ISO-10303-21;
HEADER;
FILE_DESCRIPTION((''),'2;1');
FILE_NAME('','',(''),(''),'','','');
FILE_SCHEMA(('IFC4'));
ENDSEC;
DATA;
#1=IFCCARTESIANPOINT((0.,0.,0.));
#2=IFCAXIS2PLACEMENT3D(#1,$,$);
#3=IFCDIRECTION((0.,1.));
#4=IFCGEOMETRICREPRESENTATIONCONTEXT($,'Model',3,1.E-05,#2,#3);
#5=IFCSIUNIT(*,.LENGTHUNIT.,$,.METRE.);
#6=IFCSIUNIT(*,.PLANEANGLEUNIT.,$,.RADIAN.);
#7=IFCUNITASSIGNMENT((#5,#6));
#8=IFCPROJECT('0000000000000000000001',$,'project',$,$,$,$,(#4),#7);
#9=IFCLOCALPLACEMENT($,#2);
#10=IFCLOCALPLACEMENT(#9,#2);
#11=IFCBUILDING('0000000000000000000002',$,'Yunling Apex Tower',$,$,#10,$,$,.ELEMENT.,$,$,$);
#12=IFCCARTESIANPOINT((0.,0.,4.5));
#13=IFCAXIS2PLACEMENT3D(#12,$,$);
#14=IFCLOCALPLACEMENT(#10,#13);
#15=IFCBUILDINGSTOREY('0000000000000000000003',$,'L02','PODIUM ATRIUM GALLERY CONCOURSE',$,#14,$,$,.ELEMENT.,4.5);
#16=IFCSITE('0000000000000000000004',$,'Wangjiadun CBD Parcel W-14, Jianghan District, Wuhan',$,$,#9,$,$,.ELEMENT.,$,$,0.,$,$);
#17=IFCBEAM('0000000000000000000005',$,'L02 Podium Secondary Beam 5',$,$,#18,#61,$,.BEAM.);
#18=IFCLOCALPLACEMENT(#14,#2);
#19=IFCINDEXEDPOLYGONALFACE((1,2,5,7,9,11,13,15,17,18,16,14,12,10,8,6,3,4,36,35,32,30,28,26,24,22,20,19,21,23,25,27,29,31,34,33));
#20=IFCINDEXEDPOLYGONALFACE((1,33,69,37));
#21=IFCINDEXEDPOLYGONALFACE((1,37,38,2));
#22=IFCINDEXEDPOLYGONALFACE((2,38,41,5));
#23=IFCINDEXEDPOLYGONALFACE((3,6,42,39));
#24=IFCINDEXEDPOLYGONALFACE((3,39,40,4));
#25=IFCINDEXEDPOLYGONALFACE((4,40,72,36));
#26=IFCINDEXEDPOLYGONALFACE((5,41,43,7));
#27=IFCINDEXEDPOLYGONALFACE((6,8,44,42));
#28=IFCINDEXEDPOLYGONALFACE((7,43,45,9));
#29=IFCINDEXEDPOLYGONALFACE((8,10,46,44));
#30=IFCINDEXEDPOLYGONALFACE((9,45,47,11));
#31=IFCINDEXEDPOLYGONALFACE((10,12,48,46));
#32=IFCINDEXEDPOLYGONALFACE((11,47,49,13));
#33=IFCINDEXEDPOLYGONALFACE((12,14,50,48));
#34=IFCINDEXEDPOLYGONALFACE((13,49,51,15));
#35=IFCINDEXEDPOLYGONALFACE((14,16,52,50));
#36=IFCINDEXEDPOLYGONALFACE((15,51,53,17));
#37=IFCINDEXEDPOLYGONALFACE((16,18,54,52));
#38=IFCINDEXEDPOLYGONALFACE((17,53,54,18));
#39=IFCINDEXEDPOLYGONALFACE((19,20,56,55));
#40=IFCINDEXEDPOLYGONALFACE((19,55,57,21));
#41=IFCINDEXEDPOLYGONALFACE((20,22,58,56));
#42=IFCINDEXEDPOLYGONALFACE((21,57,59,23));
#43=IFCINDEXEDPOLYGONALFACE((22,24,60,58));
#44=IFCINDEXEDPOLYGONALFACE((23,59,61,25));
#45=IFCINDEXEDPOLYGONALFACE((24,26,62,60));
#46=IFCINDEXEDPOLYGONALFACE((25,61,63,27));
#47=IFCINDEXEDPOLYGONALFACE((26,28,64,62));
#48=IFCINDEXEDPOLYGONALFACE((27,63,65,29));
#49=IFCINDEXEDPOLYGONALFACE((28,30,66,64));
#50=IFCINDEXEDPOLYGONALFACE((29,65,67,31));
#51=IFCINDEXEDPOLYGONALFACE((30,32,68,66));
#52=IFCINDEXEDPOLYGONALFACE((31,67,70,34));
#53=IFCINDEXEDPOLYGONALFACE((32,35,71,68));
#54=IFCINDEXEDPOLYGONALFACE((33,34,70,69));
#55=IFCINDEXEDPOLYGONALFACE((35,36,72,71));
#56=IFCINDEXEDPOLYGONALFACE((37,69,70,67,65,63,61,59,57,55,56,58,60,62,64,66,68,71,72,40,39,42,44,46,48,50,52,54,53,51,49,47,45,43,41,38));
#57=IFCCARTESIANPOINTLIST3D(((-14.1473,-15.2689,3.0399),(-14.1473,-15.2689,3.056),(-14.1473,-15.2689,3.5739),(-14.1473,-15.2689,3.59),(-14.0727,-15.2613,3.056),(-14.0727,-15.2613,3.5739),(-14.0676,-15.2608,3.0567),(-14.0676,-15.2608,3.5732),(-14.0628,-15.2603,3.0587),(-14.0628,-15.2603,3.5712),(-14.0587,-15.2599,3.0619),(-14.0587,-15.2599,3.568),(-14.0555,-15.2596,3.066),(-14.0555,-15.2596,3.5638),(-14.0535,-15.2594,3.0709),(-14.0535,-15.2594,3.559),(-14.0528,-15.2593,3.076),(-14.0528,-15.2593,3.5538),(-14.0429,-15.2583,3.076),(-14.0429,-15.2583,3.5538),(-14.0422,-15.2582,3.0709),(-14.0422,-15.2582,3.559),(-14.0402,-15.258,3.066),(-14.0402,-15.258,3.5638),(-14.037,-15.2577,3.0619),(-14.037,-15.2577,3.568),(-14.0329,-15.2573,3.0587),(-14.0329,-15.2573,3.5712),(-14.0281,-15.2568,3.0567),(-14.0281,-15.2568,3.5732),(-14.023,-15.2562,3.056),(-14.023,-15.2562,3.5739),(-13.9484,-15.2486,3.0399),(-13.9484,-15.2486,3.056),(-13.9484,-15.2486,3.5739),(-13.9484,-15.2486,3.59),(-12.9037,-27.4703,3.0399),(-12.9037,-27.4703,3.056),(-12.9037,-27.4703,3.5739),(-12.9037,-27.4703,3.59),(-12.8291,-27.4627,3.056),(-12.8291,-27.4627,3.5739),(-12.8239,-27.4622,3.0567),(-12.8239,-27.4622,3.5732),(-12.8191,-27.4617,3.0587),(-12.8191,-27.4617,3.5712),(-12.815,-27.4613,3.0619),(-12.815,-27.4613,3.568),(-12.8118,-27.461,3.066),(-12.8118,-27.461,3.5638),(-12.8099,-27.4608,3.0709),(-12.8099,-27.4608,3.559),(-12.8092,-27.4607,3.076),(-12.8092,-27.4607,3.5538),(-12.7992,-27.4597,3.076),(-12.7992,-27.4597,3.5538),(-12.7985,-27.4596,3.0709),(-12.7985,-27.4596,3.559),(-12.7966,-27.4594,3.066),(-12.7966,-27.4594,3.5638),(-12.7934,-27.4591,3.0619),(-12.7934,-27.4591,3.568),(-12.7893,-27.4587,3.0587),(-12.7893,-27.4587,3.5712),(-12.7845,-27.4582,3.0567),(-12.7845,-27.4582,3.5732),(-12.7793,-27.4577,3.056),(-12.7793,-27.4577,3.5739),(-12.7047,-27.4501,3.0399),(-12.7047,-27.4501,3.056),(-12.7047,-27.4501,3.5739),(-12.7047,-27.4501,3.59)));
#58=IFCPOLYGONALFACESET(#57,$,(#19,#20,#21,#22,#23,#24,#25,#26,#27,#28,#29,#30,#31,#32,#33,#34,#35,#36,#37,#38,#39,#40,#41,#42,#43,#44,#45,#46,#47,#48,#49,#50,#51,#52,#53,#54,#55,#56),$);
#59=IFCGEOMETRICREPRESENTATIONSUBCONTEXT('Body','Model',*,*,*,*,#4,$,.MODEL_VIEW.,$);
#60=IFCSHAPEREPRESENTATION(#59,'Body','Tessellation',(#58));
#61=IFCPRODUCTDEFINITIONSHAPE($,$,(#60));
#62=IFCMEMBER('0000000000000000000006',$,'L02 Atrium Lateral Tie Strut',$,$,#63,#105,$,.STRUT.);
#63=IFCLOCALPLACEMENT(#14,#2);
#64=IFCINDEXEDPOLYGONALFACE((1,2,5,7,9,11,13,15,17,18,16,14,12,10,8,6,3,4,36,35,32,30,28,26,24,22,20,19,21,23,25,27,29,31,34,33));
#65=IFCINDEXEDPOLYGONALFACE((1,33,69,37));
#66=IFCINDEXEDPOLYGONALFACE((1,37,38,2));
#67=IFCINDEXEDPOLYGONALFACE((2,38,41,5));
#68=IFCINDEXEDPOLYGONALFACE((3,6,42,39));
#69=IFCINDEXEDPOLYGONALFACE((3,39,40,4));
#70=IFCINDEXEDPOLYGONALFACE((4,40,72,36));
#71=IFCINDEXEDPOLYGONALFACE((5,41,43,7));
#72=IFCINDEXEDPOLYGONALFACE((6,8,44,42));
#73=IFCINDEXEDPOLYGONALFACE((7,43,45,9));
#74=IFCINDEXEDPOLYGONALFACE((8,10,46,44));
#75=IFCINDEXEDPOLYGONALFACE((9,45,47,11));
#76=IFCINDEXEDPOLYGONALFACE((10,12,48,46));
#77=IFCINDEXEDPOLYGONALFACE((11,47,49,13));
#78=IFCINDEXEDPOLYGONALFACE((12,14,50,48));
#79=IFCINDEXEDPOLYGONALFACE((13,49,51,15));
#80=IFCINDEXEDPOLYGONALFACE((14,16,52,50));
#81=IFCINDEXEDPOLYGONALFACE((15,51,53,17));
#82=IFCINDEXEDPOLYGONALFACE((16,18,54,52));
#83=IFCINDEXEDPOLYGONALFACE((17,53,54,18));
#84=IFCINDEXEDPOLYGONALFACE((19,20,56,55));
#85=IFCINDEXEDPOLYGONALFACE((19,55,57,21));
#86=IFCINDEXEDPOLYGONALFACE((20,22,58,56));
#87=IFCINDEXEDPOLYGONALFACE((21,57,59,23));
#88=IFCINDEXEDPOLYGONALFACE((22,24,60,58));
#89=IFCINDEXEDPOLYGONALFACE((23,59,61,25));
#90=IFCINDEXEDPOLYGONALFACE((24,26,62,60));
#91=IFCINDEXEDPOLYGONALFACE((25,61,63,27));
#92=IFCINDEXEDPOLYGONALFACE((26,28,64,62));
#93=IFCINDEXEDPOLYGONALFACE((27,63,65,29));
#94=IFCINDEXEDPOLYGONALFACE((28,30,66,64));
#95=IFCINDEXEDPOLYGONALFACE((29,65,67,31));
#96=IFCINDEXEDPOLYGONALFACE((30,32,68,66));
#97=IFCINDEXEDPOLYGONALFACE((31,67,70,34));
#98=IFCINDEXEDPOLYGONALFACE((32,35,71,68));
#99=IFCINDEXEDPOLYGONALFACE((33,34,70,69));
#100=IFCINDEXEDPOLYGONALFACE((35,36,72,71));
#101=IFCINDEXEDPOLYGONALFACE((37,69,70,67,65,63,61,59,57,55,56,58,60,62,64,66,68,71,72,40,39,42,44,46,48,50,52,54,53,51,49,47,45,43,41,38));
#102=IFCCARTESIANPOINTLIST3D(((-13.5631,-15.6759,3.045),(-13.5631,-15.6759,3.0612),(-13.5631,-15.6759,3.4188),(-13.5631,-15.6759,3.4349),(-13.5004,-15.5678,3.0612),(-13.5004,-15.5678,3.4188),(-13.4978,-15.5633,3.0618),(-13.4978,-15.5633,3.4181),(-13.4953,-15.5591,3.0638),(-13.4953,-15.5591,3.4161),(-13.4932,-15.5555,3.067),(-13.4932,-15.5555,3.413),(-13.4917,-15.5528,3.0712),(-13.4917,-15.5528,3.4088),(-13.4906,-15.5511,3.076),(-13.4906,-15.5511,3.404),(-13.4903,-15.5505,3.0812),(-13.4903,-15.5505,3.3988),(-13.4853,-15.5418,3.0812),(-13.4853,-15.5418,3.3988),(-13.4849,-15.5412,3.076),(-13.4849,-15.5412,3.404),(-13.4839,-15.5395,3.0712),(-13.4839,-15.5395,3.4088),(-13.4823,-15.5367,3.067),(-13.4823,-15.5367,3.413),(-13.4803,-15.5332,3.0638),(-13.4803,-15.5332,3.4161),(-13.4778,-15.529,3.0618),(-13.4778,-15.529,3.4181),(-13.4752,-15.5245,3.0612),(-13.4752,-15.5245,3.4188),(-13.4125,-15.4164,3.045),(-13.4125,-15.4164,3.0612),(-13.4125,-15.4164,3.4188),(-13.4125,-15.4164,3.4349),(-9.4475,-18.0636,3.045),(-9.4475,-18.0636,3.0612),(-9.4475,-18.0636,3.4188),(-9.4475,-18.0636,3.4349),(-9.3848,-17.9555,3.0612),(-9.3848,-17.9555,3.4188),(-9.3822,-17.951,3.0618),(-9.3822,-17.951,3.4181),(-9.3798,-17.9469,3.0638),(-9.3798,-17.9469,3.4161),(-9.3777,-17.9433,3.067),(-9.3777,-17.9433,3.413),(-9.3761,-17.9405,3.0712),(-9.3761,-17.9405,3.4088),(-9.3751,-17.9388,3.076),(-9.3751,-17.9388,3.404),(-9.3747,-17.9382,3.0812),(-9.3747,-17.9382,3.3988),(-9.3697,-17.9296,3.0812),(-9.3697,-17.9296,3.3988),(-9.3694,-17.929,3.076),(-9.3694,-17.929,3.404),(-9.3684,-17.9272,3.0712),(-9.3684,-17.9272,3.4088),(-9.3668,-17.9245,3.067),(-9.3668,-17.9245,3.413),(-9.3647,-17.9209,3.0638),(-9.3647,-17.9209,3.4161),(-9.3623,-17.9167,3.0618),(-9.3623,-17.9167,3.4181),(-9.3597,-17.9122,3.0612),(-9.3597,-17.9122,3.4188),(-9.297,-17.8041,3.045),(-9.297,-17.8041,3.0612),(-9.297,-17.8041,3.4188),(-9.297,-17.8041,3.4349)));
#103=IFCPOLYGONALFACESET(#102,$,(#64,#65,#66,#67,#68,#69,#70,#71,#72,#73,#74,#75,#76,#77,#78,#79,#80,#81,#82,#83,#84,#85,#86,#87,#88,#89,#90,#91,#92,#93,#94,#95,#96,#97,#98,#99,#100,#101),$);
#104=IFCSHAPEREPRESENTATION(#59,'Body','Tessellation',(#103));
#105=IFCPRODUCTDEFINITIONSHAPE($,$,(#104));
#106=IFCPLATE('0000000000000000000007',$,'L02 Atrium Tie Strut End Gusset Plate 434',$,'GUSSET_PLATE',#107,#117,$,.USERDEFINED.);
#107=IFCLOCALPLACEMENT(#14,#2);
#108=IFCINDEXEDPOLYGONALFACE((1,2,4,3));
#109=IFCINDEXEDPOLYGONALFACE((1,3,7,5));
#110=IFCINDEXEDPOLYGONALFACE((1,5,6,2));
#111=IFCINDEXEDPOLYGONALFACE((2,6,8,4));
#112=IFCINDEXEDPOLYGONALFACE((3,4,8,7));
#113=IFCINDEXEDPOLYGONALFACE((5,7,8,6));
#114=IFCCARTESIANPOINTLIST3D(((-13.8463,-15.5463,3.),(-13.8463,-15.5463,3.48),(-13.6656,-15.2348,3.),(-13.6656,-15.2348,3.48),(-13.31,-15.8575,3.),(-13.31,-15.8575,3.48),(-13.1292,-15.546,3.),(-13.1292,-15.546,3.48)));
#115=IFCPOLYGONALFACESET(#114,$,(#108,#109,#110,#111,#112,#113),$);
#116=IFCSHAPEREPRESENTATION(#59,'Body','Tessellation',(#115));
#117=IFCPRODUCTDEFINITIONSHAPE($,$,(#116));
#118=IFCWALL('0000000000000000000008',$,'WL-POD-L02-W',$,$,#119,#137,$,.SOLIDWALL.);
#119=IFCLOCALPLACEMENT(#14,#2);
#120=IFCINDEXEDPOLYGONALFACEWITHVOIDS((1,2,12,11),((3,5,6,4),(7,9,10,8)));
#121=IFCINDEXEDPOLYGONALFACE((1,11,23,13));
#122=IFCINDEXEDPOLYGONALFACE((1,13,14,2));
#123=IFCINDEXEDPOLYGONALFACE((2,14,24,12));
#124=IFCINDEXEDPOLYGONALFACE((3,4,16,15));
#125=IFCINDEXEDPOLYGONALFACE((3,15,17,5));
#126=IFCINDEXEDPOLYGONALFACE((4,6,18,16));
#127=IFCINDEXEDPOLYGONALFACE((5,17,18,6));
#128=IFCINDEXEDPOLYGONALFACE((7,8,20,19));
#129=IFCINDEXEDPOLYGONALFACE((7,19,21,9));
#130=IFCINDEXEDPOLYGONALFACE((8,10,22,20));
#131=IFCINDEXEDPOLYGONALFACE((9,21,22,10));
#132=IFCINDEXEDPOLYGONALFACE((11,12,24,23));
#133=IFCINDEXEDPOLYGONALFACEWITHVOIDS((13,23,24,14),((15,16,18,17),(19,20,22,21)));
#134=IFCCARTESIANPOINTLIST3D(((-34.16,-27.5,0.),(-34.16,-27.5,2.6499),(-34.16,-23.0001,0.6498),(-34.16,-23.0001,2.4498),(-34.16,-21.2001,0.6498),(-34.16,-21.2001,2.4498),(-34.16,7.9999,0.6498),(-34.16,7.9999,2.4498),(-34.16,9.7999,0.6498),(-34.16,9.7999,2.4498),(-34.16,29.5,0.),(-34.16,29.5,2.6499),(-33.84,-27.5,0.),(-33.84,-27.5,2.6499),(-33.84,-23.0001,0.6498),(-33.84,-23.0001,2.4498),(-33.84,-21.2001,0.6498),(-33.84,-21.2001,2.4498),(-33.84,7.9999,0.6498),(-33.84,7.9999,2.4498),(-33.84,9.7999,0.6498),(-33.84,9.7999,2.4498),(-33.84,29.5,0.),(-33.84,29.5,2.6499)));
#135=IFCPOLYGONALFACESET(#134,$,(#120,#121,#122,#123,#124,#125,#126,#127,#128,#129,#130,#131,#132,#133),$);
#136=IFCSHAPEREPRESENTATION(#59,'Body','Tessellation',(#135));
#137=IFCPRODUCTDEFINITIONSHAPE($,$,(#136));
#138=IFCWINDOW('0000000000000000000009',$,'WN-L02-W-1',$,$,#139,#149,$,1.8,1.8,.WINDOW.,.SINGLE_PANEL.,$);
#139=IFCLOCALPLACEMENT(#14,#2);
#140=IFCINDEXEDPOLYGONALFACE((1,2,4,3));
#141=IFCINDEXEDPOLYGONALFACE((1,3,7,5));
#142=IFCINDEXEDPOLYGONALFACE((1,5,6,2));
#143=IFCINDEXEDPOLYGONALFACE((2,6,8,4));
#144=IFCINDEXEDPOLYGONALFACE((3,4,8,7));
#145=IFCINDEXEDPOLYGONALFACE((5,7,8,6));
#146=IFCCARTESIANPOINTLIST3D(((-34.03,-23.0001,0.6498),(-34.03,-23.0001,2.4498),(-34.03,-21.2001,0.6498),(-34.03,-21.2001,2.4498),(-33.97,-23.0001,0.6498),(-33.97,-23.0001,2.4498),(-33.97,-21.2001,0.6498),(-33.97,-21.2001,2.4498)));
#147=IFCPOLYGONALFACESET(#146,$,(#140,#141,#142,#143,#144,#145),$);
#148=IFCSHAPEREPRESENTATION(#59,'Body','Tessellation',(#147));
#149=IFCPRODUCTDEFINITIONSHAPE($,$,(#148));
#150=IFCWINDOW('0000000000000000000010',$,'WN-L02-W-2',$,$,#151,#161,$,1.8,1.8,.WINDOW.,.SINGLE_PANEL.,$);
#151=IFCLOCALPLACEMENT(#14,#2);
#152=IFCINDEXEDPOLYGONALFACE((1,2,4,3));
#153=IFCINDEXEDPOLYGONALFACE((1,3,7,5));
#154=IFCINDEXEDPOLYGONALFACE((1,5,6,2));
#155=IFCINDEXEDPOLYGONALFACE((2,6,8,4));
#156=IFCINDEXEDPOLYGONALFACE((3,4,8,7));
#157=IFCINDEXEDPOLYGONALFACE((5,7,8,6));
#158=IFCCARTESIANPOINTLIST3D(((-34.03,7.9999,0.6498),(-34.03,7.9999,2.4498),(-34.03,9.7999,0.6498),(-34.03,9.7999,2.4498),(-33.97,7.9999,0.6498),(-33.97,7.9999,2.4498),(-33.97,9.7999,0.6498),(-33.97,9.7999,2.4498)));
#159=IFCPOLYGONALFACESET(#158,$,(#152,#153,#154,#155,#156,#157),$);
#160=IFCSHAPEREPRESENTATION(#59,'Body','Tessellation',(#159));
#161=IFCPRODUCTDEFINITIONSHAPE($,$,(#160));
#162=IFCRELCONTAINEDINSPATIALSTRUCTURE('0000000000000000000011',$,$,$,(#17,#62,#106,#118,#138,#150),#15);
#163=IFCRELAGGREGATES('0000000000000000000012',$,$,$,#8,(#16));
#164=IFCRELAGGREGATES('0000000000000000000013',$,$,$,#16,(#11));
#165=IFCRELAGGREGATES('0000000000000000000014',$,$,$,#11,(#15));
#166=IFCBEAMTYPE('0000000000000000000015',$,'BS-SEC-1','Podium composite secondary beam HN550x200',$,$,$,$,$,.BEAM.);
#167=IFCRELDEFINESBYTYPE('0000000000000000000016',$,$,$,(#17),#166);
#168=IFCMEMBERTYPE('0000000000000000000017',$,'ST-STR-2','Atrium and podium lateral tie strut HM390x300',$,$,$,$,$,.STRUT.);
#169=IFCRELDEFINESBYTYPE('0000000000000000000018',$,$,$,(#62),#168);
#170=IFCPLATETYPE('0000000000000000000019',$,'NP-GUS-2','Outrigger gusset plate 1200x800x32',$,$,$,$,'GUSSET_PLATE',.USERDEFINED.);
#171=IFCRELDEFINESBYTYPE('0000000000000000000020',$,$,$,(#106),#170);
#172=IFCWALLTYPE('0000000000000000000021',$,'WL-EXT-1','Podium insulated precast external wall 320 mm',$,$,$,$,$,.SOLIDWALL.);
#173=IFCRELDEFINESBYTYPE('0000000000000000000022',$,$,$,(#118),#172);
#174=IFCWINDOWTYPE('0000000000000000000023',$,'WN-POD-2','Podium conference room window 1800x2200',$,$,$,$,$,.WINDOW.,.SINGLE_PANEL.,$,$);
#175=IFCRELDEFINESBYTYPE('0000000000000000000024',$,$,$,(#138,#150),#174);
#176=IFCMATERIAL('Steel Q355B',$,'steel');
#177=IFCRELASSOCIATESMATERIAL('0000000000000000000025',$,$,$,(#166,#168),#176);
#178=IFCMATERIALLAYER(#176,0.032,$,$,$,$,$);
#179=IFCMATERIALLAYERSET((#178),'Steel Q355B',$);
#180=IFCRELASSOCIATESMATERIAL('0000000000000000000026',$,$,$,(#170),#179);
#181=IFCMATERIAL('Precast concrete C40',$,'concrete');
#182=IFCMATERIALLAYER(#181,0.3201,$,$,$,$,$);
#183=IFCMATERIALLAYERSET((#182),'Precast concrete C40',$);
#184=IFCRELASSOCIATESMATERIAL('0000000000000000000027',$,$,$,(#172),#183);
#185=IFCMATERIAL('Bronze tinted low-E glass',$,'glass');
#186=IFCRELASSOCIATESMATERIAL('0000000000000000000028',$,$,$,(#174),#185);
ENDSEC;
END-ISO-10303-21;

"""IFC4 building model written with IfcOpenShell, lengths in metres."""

from ifc_helpers import new_model, si_unit, direction, frame, frame_2d, origin, origin_2d, place, context, subcontext, project, spatial, rectangle, i_section, extrude, source, transform, mapped, material, layer, layer_set, material_profile, profile_set, type_object, element, fill, save


model = new_model("IFC4")

# Units and contexts
model_context = context("Model", 3, precision=1e-05, world=origin(), true_north=direction((0.0, 1.0)))
body_context = subcontext(model_context, "Body", "Model", "MODEL_VIEW")
ifc_project = project(units=[si_unit("LENGTHUNIT", "METRE"), si_unit("PLANEANGLEUNIT", "RADIAN")], contexts=[model_context])

# Site, building, storey
site_placement = place(None, origin())
site = spatial("IfcSite", under=ifc_project, at=site_placement, Name="Wangjiadun CBD Parcel W-14, Jianghan District, Wuhan", CompositionType="ELEMENT", RefElevation=0.0)
building_placement = place(site_placement, origin())
building = spatial("IfcBuilding", under=site, at=building_placement, Name="Yunling Apex Tower", CompositionType="ELEMENT")
storey_placement = place(building_placement, frame((0.0, 0.0, 4.5)))
storey = spatial("IfcBuildingStorey", under=building, at=storey_placement, Name="L02", Description="PODIUM ATRIUM GALLERY CONCOURSE", CompositionType="ELEMENT", Elevation=4.5)

# Beam
ifc_material_1 = material(Name="Steel Q355B", Category="steel")
ifc_material_profile_1 = material_profile(ifc_material_1, i_section(OverallWidth=0.2, OverallDepth=0.55, WebThickness=0.01, FlangeThickness=0.0161, FilletRadius=0.02, at=origin_2d()))
ifc_profile_set_1 = profile_set([ifc_material_profile_1], Name="Steel Q355B")
beam_type_1 = type_object("IfcBeamType", Name="BS-SEC-1", Description="Podium composite secondary beam HN550x200", PredefinedType="BEAM", material=ifc_profile_set_1)
shared_shape_1 = source(origin(), body_context, "Body", "SweptSolid", [
    extrude(i_section(OverallWidth=0.2, OverallDepth=0.55, WebThickness=0.01, FlangeThickness=0.0161, FilletRadius=0.02, at=origin_2d()), origin(), (0.0, 0.0, 1.0), 12.2646),
])
beam_1_placement = place(storey_placement, frame((-12.8042, -27.4602, 3.3149), z_axis=(-0.101402, 0.994846, 0.0), x_axis=(-0.994846, -0.101402, 0.0)))
element("IfcBeam", 1, at=beam_1_placement, inside=storey, type_object=beam_type_1, Name="L02 Podium Secondary Beam 5", PredefinedType="BEAM", context=body_context, shape_type="MappedRepresentation", body=[
    mapped(shared_shape_1, transform((0.0, 0.0, 0.0), scale=1.0)),
])

# Member
ifc_material_profile_2 = material_profile(ifc_material_1, i_section(OverallWidth=0.3, OverallDepth=0.3899, WebThickness=0.01, FlangeThickness=0.0161, FilletRadius=0.02, at=origin_2d()))
ifc_profile_set_2 = profile_set([ifc_material_profile_2], Name="Steel Q355B")
member_type = type_object("IfcMemberType", Name="ST-STR-2", Description="Atrium and podium lateral tie strut HM390x300", PredefinedType="STRUT", material=ifc_profile_set_2)
shared_shape_2 = source(origin(), body_context, "Body", "SweptSolid", [
    extrude(i_section(OverallWidth=0.3, OverallDepth=0.3899, WebThickness=0.01, FlangeThickness=0.0161, FilletRadius=0.02, at=origin_2d()), origin(), (0.0, 0.0, 1.0), 4.7581),
])
member_placement = place(storey_placement, frame((-13.4878, -15.5461, 3.24), z_axis=(0.864966, -0.501831, 0.0), x_axis=(0.501831, 0.864966, 0.0)))
element("IfcMember", 2, at=member_placement, inside=storey, type_object=member_type, Name="L02 Atrium Lateral Tie Strut", PredefinedType="STRUT", context=body_context, shape_type="MappedRepresentation", body=[
    mapped(shared_shape_2, transform((0.0, 0.0, 0.0), scale=1.0)),
])

# Plate
ifc_layer_1 = layer(ifc_material_1, 0.032)
ifc_layer_set_1 = layer_set([ifc_layer_1], Name="Steel Q355B")
plate_type = type_object("IfcPlateType", Name="NP-GUS-2", Description="Outrigger gusset plate 1200x800x32", ElementType="GUSSET_PLATE", PredefinedType="USERDEFINED", material=ifc_layer_set_1)
shared_shape_3 = source(origin(), body_context, "Body", "SweptSolid", [
    extrude(rectangle(XDim=0.6201, YDim=0.3601, at=origin_2d()), origin(), (0.0, 0.0, 1.0), 0.48),
])
plate_placement = place(storey_placement, frame((-13.4878, -15.5461, 3.0), z_axis=(0.0, 0.0, 1.0), x_axis=(0.864976, -0.501813, 0.0)))
element("IfcPlate", 3, at=plate_placement, inside=storey, type_object=plate_type, Name="L02 Atrium Tie Strut End Gusset Plate 434", ObjectType="GUSSET_PLATE", PredefinedType="USERDEFINED", context=body_context, shape_type="MappedRepresentation", body=[
    mapped(shared_shape_3, transform((0.0, 0.0, 0.0), scale=1.0)),
])

# Wall, openings, windows
ifc_material_2 = material(Name="Precast concrete C40", Category="concrete")
ifc_layer_2 = layer(ifc_material_2, 0.3201)
ifc_layer_set_2 = layer_set([ifc_layer_2], Name="Precast concrete C40")
wall_type_1 = type_object("IfcWallType", Name="WL-EXT-1", Description="Podium insulated precast external wall 320 mm", PredefinedType="SOLIDWALL", material=ifc_layer_set_2)
wall_1_placement = place(storey_placement, frame((-34.0, -27.5, 0.0), z_axis=(0.0, 0.0, 1.0), x_axis=(0.0, 1.0, 0.0)))
wall_1 = element("IfcWall", 4, at=wall_1_placement, inside=storey, type_object=wall_type_1, Name="WL-POD-L02-W", PredefinedType="SOLIDWALL", context=body_context, shape_type="SweptSolid", body=[
    extrude(rectangle(XDim=57.0, YDim=0.3201, at=frame_2d((28.5, 0.0))), origin(), (0.0, 0.0, 1.0), 2.6499),
])
opening_1_placement = place(wall_1_placement, frame((4.5, 0.0, 0.6499)))
opening_1 = element("IfcOpeningElement", 5, at=opening_1_placement, cuts=wall_1, PredefinedType="OPENING", context=body_context, shape_type="SweptSolid", body=[
    extrude(rectangle(XDim=1.8, YDim=1.8, at=frame_2d((0.8999, 0.8999))), frame((0.0, 0.1699, 0.0), z_axis=(0.0, -1.0, 0.0), x_axis=(1.0, 0.0, 0.0)), (0.0, 0.0, 1.0), 0.3401),
])
opening_2_placement = place(wall_1_placement, frame((35.5, 0.0, 0.6499)))
opening_2 = element("IfcOpeningElement", 6, at=opening_2_placement, cuts=wall_1, PredefinedType="OPENING", context=body_context, shape_type="SweptSolid", body=[
    extrude(rectangle(XDim=1.8, YDim=1.8, at=frame_2d((0.8999, 0.8999))), frame((0.0, 0.1699, 0.0), z_axis=(0.0, -1.0, 0.0), x_axis=(1.0, 0.0, 0.0)), (0.0, 0.0, 1.0), 0.3401),
])
ifc_material_3 = material(Name="Bronze tinted low-E glass", Category="glass")
window_type = type_object("IfcWindowType", Name="WN-POD-2", Description="Podium conference room window 1800x2200", PartitioningType="SINGLE_PANEL", PredefinedType="WINDOW", material=ifc_material_3)
window_1_placement = place(opening_1_placement, origin())
window_1 = element("IfcWindow", 7, at=window_1_placement, inside=storey, type_object=window_type, Name="WN-L02-W-1", OverallHeight=1.8, OverallWidth=1.8, PartitioningType="SINGLE_PANEL", PredefinedType="WINDOW", context=body_context, shape_type="SweptSolid", body=[
    extrude(rectangle(XDim=1.8, YDim=1.8, at=frame_2d((0.8999, 0.8999))), frame((0.0, 0.03, 0.0), z_axis=(0.0, -1.0, 0.0), x_axis=(1.0, 0.0, 0.0)), (0.0, 0.0, 1.0), 0.0601),
])
fill(opening_1, window_1)
window_2_placement = place(opening_2_placement, origin())
window_2 = element("IfcWindow", 8, at=window_2_placement, inside=storey, type_object=window_type, Name="WN-L02-W-2", OverallHeight=1.8, OverallWidth=1.8, PartitioningType="SINGLE_PANEL", PredefinedType="WINDOW", context=body_context, shape_type="SweptSolid", body=[
    extrude(rectangle(XDim=1.8, YDim=1.8, at=frame_2d((0.8999, 0.8999))), frame((0.0, 0.03, 0.0), z_axis=(0.0, -1.0, 0.0), x_axis=(1.0, 0.0, 0.0)), (0.0, 0.0, 1.0), 0.0601),
])
fill(opening_2, window_2)

save(model, "model.ifc")
